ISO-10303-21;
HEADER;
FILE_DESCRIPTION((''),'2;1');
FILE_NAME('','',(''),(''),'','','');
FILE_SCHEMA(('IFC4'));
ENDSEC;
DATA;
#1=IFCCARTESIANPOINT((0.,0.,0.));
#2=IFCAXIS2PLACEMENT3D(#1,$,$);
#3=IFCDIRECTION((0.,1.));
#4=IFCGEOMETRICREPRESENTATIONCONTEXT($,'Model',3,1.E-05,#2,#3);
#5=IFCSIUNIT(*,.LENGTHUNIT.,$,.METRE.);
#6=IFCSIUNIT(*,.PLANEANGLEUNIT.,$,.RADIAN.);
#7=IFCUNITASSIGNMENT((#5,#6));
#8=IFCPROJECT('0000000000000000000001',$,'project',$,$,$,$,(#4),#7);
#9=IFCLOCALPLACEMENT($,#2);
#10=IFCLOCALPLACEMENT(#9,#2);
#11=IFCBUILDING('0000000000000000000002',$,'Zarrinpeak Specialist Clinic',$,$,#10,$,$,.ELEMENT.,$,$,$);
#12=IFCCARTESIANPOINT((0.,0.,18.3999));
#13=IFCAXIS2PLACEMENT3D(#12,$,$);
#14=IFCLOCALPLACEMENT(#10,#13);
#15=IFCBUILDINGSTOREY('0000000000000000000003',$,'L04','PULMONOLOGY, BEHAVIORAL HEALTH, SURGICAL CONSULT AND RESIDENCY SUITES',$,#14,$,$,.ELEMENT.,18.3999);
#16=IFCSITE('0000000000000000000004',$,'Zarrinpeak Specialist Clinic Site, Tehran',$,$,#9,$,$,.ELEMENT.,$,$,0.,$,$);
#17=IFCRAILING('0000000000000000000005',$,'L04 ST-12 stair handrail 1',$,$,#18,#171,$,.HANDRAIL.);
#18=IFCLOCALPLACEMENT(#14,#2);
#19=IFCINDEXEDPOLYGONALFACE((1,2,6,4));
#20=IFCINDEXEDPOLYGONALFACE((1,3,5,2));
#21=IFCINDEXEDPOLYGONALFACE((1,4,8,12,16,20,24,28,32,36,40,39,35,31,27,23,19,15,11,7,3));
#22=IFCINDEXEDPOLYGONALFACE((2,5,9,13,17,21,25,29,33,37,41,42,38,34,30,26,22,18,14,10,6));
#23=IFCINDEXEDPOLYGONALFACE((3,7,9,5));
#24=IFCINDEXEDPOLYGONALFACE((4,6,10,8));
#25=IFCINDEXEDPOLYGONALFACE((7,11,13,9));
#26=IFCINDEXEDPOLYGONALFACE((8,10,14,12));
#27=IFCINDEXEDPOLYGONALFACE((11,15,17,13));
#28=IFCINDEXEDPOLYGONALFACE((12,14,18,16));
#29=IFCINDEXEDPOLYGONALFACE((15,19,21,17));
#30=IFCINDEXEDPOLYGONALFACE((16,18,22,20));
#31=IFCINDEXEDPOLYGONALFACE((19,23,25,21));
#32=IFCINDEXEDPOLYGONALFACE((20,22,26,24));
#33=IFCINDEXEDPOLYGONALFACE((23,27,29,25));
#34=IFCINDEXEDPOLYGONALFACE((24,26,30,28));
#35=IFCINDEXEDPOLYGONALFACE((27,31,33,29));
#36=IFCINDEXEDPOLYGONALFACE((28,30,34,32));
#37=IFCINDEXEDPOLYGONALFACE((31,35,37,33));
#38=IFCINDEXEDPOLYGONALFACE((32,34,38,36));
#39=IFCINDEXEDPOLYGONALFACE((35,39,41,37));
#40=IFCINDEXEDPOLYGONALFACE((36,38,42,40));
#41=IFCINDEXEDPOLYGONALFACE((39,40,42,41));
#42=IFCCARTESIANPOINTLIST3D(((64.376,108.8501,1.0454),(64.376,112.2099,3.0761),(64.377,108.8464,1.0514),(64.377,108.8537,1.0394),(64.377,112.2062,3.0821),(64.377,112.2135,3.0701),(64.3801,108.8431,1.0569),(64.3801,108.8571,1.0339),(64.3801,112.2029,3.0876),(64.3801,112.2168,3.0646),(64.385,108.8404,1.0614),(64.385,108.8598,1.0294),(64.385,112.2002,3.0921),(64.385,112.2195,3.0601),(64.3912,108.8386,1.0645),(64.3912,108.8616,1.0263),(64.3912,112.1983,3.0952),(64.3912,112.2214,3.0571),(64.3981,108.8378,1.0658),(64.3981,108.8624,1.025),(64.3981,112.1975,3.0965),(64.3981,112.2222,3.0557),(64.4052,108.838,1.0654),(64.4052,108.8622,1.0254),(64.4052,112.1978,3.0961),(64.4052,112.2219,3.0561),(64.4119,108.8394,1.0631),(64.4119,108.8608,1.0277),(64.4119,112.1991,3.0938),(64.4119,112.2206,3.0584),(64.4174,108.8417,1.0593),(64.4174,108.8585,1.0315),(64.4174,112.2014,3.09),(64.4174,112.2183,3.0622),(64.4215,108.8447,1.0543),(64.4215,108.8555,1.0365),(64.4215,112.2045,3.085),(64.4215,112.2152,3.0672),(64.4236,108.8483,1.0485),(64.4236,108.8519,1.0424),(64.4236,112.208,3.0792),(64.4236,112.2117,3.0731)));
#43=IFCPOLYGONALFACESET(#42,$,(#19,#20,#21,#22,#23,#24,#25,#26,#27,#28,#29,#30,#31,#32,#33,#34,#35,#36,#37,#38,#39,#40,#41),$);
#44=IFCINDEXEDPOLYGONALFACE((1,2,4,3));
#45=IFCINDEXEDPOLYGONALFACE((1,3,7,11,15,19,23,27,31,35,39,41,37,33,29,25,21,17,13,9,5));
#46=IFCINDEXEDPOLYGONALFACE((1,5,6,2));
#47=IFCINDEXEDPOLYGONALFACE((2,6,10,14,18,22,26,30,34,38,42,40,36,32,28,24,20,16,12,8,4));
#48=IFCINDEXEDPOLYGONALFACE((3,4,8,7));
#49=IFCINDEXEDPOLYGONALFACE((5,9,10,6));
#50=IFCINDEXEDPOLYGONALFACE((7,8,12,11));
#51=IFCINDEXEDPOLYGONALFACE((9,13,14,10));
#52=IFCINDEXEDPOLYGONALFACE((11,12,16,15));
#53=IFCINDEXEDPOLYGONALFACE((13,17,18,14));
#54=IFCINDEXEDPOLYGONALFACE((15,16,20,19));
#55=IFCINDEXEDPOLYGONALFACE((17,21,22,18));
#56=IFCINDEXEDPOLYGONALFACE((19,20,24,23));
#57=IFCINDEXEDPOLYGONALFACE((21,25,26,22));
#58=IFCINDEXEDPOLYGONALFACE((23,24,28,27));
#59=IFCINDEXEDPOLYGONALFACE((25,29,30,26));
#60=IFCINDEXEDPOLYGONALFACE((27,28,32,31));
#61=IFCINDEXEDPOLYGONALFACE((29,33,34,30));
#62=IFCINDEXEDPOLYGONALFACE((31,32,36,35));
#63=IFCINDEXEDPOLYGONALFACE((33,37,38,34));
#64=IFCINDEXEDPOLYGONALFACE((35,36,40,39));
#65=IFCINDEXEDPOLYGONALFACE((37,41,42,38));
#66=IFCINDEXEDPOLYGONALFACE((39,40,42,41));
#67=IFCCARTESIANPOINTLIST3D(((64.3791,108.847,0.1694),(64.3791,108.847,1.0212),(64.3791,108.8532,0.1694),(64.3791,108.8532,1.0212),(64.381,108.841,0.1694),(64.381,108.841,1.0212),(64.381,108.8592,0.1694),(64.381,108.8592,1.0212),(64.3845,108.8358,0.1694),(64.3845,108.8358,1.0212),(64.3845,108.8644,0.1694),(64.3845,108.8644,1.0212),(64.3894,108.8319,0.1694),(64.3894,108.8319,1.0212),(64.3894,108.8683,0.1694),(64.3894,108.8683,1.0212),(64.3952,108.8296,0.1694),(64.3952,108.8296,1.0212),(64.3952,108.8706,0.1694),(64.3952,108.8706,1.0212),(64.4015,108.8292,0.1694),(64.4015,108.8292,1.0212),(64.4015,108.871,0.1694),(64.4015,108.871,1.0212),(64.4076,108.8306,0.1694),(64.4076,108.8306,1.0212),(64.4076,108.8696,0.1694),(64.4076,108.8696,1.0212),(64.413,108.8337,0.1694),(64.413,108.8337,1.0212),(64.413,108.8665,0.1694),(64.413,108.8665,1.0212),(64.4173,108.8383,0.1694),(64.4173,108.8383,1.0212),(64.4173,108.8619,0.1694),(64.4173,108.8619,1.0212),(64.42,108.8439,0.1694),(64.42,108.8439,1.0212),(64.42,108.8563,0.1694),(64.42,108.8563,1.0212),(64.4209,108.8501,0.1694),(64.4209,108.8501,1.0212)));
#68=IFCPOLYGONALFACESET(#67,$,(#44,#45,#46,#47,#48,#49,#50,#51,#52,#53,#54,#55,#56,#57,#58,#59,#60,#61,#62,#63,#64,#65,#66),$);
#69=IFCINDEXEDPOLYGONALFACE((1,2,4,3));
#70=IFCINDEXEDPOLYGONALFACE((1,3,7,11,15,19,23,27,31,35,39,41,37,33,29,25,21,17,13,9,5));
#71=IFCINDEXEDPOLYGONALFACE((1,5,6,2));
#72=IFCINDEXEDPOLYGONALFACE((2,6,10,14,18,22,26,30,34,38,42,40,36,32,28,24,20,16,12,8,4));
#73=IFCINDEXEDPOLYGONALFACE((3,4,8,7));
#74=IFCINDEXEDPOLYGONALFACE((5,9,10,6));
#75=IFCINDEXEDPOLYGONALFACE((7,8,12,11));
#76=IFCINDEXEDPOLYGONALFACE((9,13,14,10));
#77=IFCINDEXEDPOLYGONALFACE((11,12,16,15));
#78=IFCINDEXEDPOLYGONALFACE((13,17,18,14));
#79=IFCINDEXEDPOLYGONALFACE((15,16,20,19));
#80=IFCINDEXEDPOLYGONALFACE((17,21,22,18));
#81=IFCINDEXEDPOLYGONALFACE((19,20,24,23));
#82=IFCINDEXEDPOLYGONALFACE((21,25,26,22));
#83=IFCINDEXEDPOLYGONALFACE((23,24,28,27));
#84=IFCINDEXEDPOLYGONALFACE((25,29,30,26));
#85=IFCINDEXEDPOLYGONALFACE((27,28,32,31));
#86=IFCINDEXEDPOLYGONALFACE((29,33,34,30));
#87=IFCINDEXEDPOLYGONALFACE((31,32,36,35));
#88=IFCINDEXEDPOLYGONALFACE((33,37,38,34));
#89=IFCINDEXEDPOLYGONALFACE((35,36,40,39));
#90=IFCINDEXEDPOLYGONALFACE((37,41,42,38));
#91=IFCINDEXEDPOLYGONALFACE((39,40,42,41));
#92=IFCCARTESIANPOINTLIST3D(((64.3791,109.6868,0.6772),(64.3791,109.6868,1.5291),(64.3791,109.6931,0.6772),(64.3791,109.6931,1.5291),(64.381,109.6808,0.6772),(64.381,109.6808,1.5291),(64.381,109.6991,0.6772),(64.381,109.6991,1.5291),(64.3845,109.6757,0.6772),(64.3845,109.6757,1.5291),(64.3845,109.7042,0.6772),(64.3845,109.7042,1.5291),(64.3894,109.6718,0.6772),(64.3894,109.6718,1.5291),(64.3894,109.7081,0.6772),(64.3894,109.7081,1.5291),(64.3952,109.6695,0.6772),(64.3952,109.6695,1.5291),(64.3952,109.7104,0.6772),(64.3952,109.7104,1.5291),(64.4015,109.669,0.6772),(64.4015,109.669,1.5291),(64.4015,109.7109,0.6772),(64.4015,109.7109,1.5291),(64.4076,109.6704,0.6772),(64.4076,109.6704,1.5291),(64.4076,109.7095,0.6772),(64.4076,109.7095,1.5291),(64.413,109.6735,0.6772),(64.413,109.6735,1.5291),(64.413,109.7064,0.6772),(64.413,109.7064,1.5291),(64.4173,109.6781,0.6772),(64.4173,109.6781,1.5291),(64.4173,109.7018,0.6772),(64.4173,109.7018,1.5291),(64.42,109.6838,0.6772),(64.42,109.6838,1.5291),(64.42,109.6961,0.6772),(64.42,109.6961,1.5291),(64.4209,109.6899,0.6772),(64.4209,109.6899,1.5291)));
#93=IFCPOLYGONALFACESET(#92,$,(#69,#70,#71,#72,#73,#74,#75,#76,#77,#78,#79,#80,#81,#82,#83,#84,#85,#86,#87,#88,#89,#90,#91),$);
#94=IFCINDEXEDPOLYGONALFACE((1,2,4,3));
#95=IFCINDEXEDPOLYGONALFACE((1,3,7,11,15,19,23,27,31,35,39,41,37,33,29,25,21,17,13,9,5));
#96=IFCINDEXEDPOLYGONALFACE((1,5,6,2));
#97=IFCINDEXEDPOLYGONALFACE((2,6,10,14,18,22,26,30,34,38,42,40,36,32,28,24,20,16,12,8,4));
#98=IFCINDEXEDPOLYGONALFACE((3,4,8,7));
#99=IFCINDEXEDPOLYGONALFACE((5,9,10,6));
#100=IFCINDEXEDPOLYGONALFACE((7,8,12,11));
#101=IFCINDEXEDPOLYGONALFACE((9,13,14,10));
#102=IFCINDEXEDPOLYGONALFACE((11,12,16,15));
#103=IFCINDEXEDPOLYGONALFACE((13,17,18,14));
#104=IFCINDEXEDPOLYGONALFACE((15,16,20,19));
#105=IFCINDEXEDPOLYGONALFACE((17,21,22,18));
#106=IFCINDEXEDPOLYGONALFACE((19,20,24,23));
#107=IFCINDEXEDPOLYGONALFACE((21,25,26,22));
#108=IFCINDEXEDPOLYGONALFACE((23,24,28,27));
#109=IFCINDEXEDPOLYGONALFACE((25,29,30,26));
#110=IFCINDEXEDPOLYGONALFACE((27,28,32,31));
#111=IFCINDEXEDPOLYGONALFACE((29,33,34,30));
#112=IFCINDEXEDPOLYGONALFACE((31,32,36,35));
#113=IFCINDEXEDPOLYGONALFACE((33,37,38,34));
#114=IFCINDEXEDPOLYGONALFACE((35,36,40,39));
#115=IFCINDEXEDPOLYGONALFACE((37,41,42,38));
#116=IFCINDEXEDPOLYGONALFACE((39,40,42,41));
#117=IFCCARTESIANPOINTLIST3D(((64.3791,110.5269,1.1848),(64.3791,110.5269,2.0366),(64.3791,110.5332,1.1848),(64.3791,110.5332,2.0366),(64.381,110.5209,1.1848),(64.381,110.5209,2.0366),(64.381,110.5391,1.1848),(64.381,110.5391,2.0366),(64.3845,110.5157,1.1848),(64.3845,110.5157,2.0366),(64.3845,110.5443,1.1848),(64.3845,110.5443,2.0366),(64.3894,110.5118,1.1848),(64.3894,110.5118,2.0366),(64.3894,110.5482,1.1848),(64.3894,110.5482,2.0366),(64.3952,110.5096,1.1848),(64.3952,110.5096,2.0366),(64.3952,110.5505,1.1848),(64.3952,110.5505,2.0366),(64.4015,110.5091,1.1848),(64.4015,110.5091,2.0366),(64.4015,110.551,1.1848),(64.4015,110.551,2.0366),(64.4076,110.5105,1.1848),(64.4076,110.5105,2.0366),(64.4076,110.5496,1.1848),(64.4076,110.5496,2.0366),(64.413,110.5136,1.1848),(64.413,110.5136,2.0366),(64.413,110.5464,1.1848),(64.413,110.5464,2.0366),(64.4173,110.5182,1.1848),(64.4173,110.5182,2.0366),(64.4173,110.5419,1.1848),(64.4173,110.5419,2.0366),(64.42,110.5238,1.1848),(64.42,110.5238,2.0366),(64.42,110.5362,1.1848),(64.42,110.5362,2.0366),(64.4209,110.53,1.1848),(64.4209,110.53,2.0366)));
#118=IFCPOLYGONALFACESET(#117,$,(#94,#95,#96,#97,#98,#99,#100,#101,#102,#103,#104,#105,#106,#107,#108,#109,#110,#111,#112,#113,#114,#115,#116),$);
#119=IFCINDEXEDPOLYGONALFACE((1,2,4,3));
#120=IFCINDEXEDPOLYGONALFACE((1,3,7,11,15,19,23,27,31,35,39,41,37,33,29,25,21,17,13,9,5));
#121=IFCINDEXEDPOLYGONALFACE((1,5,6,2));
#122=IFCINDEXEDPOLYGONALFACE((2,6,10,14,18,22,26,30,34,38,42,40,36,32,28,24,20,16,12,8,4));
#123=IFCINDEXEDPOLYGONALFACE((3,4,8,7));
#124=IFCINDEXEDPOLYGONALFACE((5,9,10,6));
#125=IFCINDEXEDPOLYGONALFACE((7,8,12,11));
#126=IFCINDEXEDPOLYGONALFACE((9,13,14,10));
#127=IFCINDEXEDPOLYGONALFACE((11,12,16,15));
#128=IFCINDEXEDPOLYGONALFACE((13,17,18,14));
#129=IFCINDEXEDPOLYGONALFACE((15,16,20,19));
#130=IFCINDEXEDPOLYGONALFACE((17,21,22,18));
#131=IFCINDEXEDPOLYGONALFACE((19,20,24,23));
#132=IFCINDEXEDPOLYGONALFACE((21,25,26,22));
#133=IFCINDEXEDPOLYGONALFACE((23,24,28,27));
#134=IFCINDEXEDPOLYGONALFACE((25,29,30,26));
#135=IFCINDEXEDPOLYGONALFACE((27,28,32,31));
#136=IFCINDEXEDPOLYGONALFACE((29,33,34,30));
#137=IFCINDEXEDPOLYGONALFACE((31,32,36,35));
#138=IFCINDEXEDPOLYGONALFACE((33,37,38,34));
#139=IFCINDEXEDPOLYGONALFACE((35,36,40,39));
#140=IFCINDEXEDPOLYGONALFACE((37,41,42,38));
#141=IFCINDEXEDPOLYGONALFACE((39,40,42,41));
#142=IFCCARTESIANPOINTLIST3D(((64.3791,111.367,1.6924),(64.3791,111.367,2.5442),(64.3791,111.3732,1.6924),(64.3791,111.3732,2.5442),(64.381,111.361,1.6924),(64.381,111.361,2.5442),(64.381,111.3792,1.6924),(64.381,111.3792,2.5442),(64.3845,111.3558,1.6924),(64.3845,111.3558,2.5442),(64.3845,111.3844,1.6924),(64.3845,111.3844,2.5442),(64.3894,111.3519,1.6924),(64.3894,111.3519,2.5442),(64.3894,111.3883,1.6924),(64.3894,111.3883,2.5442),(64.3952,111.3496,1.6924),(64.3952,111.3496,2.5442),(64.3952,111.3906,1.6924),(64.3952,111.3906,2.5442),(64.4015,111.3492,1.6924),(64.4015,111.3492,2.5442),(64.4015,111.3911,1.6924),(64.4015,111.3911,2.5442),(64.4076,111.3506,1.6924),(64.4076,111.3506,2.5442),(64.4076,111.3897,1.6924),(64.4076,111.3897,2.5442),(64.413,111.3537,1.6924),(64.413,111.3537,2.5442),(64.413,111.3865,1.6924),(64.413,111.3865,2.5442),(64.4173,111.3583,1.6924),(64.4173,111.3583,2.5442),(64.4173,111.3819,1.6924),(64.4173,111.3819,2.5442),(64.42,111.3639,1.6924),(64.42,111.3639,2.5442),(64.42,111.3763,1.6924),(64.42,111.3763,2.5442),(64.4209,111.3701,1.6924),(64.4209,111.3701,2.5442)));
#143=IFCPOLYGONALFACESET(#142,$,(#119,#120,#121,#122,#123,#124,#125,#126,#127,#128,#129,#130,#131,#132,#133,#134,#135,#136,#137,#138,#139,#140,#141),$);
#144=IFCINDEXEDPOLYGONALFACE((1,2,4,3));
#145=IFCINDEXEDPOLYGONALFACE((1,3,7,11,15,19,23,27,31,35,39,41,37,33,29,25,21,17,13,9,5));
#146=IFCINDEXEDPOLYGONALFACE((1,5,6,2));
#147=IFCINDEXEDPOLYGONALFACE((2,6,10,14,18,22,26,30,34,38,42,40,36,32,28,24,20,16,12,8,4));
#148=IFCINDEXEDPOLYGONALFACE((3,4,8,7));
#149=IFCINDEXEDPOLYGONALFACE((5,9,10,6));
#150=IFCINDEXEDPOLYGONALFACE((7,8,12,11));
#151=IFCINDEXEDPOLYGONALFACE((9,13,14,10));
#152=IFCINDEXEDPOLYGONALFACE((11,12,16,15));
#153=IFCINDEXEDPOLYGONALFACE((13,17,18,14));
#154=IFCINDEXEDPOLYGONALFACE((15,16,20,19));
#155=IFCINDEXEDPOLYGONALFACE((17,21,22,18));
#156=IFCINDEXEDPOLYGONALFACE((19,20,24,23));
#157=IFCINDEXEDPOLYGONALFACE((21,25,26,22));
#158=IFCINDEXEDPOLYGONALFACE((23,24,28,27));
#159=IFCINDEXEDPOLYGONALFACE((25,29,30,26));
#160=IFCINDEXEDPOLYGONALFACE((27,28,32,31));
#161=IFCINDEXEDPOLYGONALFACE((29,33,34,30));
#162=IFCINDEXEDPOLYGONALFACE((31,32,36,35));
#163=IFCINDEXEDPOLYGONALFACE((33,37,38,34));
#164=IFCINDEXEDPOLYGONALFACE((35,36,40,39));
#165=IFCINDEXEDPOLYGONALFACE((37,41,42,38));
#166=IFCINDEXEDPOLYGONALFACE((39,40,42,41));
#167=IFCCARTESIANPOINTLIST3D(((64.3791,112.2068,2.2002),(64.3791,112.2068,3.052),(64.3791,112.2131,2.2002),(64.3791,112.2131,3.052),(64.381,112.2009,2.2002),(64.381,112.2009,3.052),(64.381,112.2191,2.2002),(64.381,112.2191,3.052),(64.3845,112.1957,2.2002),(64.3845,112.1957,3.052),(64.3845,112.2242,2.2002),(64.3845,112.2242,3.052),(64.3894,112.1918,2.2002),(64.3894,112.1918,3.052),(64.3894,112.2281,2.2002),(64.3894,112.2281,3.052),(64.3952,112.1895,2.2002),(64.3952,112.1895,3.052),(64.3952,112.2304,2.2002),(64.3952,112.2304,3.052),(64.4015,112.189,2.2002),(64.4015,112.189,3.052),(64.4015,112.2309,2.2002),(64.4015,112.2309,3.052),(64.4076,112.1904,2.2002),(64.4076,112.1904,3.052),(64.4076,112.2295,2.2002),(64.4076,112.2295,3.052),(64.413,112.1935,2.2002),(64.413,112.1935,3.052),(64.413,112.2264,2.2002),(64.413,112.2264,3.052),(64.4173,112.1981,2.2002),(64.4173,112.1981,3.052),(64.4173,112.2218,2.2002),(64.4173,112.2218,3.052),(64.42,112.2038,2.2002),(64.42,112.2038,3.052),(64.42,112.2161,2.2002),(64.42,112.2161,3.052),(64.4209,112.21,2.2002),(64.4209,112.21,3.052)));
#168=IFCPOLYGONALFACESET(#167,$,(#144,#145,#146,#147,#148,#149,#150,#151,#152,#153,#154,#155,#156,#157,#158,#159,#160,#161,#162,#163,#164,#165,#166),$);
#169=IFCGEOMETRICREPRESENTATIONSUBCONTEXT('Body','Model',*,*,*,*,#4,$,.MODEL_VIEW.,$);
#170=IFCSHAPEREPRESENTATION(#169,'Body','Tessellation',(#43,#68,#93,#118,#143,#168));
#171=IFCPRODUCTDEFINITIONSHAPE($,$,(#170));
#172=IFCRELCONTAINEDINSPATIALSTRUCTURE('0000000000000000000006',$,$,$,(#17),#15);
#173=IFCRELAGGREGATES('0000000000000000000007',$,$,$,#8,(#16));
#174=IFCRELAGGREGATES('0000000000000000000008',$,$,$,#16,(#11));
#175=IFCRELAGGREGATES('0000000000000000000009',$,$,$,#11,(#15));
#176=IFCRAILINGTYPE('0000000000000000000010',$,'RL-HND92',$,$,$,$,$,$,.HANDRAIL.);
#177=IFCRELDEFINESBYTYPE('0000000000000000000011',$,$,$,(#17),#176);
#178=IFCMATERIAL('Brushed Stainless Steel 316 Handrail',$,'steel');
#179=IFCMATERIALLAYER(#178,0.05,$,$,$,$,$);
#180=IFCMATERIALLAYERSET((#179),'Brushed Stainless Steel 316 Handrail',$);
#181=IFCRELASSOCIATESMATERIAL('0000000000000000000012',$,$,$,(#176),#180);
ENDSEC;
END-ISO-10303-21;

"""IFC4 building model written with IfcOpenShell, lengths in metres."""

from ifc_helpers import new_model, si_unit, direction, frame, origin, origin_2d, place, context, subcontext, project, spatial, circle, extrude, material, layer, layer_set, type_object, element, save


model = new_model("IFC4")

# Units and contexts
model_context = context("Model", 3, precision=1e-05, world=origin(), true_north=direction((0.0, 1.0)))
body_context = subcontext(model_context, "Body", "Model", "MODEL_VIEW")
ifc_project = project(units=[si_unit("LENGTHUNIT", "METRE"), si_unit("PLANEANGLEUNIT", "RADIAN")], contexts=[model_context])

# Site, building, storey
site_placement = place(None, origin())
site = spatial("IfcSite", under=ifc_project, at=site_placement, Name="Zarrinpeak Specialist Clinic Site, Tehran", CompositionType="ELEMENT", RefElevation=0.0)
building_placement = place(site_placement, origin())
building = spatial("IfcBuilding", under=site, at=building_placement, Name="Zarrinpeak Specialist Clinic", CompositionType="ELEMENT")
storey_placement = place(building_placement, frame((0.0, 0.0, 18.3999)))
storey = spatial("IfcBuildingStorey", under=building, at=storey_placement, Name="L04", Description="PULMONOLOGY, BEHAVIORAL HEALTH, SURGICAL CONSULT AND RESIDENCY SUITES", CompositionType="ELEMENT", Elevation=18.3999)

# Railing
ifc_material_1 = material(Name="Brushed Stainless Steel 316 Handrail", Category="steel")
ifc_layer_1 = layer(ifc_material_1, 0.05)
ifc_layer_set_1 = layer_set([ifc_layer_1], Name="Brushed Stainless Steel 316 Handrail")
railing_type_1 = type_object("IfcRailingType", Name="RL-HND92", PredefinedType="HANDRAIL", material=ifc_layer_set_1)
railing_1_placement = place(storey_placement, frame((64.3999, 108.8501, 0.1694)))
element("IfcRailing", 1, at=railing_1_placement, inside=storey, type_object=railing_type_1, Name="L04 ST-12 stair handrail 1", PredefinedType="HANDRAIL", context=body_context, shape_type="SweptSolid", body=[
    extrude(circle(Radius=0.0239, at=origin_2d()), frame((0.0, 0.0, 0.876), z_axis=(0.0, 0.85582, 0.517273), x_axis=(-1.0, 0.0, 0.0)), (0.0, 0.0, 1.0), 3.9258),
    extrude(circle(Radius=0.021, at=origin_2d()), origin(), (0.0, 0.0, 1.0), 0.8518),
    extrude(circle(Radius=0.021, at=origin_2d()), frame((0.0, 0.8398, 0.5078)), (0.0, 0.0, 1.0), 0.8518),
    extrude(circle(Radius=0.021, at=origin_2d()), frame((0.0, 1.6799, 1.0154)), (0.0, 0.0, 1.0), 0.8518),
    extrude(circle(Radius=0.021, at=origin_2d()), frame((0.0, 2.52, 1.5229)), (0.0, 0.0, 1.0), 0.8518),
    extrude(circle(Radius=0.021, at=origin_2d()), frame((0.0, 3.3599, 2.0308)), (0.0, 0.0, 1.0), 0.8518),
])

save(model, "model.ifc")
